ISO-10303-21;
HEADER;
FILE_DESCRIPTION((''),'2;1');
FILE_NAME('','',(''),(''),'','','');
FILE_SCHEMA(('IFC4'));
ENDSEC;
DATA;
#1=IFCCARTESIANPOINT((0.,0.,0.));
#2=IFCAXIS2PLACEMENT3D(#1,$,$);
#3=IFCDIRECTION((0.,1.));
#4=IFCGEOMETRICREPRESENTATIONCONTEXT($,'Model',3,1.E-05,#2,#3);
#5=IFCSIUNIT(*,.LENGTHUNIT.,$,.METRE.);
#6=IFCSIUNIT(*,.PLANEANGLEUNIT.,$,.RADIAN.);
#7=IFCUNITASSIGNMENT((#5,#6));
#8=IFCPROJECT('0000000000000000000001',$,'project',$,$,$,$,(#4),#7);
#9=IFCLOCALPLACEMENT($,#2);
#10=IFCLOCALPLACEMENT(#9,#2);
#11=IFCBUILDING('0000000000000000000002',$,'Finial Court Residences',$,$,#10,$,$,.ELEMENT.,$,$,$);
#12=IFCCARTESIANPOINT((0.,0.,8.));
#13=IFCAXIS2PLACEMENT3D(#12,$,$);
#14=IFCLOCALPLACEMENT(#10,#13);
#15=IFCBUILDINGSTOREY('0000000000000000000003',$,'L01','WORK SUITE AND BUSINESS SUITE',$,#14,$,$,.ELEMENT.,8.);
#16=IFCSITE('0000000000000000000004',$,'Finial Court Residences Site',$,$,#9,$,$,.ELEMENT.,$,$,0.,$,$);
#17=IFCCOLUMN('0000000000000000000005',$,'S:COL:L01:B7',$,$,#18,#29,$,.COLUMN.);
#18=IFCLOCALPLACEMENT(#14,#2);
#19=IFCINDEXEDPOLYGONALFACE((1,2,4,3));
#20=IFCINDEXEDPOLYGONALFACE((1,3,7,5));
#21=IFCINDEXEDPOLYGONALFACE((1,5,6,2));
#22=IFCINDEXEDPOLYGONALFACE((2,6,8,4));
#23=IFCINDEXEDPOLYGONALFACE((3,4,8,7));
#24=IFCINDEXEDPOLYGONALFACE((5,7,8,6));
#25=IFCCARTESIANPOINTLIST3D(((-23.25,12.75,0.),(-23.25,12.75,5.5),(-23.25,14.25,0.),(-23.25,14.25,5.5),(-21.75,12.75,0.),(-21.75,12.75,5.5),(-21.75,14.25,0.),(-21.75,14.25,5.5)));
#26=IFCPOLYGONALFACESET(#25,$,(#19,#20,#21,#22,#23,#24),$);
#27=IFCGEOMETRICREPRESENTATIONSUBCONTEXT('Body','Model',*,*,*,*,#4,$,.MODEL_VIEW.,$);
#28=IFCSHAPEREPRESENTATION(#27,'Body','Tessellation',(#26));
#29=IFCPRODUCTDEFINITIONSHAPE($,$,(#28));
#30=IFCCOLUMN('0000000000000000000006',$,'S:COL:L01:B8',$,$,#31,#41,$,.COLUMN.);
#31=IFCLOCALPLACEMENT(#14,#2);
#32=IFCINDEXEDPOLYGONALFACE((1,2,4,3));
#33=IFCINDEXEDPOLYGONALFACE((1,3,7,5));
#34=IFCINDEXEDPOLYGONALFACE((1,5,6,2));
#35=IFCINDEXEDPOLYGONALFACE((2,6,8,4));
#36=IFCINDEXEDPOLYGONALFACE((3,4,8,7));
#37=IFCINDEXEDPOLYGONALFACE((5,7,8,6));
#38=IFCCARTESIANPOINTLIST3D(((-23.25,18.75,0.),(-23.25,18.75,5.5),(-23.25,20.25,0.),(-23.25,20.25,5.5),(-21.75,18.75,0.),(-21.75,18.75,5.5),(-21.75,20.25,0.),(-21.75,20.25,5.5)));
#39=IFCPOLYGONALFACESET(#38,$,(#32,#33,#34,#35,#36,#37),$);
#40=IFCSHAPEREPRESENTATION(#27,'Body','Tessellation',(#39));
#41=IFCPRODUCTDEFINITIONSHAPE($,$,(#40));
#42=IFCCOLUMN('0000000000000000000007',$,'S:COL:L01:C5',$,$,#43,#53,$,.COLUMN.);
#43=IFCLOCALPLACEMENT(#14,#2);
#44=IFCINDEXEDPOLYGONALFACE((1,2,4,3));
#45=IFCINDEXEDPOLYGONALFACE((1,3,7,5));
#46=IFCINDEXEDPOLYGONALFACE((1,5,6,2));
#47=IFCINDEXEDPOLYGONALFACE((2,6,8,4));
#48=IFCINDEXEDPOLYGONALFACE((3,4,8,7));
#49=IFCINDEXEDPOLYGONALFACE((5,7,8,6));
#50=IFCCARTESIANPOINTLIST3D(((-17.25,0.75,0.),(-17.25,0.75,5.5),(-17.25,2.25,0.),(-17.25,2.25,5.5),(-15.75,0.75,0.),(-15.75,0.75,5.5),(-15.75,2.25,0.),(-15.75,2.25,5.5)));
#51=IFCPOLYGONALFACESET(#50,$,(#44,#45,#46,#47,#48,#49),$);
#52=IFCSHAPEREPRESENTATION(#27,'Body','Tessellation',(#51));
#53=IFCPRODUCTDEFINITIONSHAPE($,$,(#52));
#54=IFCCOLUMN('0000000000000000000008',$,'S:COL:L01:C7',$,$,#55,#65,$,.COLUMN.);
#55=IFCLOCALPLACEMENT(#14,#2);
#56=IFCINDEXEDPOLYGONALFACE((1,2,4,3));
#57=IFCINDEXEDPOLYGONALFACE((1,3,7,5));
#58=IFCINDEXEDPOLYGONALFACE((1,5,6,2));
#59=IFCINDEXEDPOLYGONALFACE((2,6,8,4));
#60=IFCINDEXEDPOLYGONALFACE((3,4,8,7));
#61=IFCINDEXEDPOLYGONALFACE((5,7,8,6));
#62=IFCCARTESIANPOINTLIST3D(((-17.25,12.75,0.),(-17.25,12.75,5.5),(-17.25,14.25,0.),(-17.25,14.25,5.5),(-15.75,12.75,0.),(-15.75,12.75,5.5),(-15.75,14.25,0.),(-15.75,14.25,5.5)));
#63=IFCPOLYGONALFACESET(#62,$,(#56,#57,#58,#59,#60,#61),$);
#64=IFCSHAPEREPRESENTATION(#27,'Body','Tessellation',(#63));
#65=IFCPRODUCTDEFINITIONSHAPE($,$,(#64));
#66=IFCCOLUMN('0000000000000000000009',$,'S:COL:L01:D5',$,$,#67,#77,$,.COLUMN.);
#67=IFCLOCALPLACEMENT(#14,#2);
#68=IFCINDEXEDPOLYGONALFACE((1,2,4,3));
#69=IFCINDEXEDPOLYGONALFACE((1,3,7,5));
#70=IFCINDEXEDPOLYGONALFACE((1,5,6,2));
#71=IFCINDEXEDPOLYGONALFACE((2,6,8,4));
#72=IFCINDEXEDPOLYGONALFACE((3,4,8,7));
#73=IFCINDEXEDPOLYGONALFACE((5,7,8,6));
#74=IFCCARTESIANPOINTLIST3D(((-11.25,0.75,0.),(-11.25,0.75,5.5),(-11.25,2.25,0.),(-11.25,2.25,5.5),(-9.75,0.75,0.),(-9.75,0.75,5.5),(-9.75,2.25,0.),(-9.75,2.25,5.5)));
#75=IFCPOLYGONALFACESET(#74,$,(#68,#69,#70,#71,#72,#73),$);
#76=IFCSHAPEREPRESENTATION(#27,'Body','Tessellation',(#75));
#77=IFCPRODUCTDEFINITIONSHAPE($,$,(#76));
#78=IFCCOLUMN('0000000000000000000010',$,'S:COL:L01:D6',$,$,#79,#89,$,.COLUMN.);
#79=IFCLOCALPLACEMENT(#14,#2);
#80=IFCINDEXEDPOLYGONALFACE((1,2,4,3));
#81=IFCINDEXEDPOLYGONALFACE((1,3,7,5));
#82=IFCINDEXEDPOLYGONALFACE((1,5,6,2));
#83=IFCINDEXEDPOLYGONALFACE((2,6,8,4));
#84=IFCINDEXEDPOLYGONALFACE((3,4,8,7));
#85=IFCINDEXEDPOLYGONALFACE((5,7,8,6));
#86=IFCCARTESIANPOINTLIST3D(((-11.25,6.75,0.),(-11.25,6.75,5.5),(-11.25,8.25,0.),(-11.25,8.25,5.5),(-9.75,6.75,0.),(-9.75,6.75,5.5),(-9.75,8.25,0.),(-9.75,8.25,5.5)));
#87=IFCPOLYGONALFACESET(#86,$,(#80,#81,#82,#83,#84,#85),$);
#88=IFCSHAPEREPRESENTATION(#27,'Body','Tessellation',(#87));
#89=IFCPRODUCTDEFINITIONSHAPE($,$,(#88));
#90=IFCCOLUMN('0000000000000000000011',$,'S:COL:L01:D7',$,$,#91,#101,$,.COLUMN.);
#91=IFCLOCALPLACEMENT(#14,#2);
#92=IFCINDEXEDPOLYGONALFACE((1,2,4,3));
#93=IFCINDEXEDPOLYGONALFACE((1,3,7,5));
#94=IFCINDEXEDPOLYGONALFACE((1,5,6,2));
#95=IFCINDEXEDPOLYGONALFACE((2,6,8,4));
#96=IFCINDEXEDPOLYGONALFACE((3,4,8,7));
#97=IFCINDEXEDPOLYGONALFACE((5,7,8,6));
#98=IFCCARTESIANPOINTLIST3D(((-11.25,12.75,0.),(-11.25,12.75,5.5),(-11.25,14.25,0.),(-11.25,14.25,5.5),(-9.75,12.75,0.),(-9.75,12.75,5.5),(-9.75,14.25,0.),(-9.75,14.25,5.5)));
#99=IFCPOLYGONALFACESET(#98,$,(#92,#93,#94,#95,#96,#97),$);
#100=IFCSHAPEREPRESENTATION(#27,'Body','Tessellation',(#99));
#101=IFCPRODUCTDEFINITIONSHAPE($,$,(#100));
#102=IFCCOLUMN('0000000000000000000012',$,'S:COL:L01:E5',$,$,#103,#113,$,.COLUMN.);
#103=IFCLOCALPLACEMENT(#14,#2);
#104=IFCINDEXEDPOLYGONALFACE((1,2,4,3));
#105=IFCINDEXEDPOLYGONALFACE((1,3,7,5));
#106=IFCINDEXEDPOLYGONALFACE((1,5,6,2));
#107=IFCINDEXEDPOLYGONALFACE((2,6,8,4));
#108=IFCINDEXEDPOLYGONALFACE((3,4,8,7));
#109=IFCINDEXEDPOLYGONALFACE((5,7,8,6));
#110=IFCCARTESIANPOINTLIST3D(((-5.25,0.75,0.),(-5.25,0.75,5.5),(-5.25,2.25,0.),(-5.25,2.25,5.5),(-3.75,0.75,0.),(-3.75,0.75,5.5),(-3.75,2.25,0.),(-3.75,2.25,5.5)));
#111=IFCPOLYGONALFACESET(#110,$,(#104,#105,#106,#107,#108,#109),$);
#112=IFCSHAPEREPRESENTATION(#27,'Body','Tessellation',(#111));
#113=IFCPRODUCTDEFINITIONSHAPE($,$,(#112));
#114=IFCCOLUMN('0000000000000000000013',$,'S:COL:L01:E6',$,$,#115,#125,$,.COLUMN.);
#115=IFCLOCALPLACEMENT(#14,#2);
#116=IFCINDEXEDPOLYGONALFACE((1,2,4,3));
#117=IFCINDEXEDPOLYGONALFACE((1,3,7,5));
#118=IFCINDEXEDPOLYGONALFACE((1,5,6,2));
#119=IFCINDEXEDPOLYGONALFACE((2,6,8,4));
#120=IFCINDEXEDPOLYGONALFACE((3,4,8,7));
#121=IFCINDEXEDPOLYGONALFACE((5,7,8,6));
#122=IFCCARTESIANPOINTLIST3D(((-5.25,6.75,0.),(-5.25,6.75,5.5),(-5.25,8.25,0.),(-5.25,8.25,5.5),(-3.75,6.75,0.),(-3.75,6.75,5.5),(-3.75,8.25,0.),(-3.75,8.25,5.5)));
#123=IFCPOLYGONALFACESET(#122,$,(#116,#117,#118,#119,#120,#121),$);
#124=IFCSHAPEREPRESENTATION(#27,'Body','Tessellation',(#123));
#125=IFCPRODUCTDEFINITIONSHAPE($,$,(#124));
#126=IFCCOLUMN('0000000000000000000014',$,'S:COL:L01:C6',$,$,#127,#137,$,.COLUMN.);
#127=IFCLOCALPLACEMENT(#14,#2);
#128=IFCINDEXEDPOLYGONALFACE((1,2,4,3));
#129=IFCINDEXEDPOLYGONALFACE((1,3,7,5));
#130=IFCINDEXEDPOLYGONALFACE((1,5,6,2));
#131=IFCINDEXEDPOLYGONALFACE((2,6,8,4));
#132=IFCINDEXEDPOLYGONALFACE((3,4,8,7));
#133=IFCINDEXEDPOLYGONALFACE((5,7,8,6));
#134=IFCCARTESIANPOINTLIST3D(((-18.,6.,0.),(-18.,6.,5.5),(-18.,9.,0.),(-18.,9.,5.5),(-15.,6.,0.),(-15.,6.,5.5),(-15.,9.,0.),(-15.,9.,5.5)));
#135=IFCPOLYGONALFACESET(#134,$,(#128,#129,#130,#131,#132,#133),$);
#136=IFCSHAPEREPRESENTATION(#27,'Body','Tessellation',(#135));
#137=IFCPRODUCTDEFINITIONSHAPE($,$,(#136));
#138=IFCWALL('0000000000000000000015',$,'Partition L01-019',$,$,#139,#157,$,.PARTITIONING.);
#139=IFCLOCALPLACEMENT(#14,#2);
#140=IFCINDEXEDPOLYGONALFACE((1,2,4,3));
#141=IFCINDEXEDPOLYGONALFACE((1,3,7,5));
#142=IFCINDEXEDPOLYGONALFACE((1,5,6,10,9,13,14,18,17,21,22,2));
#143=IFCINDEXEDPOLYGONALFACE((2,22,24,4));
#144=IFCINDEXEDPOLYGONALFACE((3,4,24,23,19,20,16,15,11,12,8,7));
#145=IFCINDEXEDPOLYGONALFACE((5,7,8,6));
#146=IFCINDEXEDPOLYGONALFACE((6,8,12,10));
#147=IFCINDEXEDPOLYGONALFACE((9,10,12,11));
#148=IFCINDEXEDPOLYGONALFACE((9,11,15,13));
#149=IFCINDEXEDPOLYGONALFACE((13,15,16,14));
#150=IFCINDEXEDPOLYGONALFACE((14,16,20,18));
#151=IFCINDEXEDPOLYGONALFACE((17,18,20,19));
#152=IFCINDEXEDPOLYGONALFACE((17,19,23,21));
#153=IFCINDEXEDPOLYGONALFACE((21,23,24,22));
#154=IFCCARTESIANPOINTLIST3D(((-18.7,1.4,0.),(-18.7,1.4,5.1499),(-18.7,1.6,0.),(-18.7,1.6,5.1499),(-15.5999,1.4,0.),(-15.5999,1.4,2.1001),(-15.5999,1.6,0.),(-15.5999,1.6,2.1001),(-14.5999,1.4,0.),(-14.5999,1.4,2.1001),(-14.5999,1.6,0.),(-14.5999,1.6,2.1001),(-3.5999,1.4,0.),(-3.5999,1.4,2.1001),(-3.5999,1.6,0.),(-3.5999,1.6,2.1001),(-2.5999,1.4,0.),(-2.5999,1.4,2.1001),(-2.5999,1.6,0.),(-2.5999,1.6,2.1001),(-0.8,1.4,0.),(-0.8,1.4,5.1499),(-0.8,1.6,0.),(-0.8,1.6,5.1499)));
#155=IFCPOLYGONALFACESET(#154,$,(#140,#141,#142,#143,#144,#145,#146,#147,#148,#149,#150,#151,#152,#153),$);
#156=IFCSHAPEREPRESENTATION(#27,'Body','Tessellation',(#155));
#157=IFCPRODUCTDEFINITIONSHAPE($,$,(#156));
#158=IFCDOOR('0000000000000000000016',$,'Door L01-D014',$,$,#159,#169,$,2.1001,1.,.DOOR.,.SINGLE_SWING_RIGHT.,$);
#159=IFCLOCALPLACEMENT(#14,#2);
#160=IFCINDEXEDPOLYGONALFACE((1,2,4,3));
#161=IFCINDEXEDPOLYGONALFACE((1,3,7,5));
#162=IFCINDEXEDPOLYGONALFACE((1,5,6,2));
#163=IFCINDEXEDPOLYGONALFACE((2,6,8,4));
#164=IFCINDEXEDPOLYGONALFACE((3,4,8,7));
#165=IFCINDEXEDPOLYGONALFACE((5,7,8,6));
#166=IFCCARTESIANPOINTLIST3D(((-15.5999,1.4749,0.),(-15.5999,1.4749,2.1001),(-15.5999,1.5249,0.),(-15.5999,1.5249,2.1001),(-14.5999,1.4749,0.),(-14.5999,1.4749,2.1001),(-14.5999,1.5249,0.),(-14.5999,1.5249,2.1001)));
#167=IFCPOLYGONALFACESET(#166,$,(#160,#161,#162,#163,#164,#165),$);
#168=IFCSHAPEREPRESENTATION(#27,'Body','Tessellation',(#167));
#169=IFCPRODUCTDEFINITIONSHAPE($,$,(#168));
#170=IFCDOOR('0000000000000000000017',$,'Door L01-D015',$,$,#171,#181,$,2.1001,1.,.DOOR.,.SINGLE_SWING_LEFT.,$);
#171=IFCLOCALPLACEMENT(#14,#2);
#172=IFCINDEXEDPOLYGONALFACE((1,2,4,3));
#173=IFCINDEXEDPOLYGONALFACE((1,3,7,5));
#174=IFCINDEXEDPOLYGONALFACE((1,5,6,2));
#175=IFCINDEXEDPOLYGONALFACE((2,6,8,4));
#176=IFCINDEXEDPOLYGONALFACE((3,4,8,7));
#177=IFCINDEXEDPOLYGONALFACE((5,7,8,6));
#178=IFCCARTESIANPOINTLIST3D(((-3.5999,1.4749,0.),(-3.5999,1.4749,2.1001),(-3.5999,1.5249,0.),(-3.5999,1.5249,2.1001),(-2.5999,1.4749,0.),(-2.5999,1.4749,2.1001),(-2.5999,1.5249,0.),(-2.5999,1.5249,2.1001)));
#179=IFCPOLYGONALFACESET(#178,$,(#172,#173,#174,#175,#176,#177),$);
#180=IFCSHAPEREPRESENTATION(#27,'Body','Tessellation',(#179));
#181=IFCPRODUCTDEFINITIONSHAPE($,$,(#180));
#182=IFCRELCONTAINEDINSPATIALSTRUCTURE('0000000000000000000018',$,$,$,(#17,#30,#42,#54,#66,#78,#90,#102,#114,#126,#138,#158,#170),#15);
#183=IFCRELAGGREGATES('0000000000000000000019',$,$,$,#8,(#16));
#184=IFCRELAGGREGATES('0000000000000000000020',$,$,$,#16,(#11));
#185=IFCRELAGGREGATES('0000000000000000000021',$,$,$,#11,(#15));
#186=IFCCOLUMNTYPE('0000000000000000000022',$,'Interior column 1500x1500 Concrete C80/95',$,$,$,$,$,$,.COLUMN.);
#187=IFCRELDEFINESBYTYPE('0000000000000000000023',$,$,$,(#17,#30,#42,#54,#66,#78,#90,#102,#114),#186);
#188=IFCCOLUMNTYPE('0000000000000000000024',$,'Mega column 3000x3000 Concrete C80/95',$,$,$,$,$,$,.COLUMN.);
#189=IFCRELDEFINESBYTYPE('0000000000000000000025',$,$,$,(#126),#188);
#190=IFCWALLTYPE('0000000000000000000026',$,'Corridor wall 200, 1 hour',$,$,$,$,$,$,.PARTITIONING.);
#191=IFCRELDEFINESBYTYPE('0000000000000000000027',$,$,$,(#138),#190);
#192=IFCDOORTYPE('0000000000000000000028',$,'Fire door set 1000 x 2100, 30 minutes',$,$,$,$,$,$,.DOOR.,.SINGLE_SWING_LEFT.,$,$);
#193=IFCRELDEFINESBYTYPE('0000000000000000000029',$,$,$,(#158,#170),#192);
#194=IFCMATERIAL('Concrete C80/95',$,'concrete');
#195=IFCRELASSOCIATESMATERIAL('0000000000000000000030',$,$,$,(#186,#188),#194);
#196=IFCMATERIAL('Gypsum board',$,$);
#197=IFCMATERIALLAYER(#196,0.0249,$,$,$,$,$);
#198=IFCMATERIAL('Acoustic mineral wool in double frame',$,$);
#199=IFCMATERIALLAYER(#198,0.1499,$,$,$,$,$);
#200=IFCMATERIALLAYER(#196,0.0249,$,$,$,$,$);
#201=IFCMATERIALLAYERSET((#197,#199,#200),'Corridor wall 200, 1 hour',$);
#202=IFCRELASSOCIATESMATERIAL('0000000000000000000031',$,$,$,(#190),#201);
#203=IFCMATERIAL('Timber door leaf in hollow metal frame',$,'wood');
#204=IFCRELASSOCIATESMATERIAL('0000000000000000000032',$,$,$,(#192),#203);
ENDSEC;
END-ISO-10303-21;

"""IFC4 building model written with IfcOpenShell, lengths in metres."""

from ifc_helpers import new_model, si_unit, direction, frame, frame_2d, origin, origin_2d, place, context, subcontext, project, spatial, rectangle, extrude, material, layer, layer_set, material_profile, profile_set, type_object, element, fill, save


model = new_model("IFC4")

# Units and contexts
model_context = context("Model", 3, precision=1e-05, world=origin(), true_north=direction((0.0, 1.0)))
body_context = subcontext(model_context, "Body", "Model", "MODEL_VIEW")
ifc_project = project(units=[si_unit("LENGTHUNIT", "METRE"), si_unit("PLANEANGLEUNIT", "RADIAN")], contexts=[model_context])

# Site, building, storey
site_placement = place(None, origin())
site = spatial("IfcSite", under=ifc_project, at=site_placement, Name="Finial Court Residences Site", CompositionType="ELEMENT", RefElevation=0.0)
building_placement = place(site_placement, origin())
building = spatial("IfcBuilding", under=site, at=building_placement, Name="Finial Court Residences", CompositionType="ELEMENT")
storey_placement = place(building_placement, frame((0.0, 0.0, 8.0)))
storey = spatial("IfcBuildingStorey", under=building, at=storey_placement, Name="L01", Description="WORK SUITE AND BUSINESS SUITE", CompositionType="ELEMENT", Elevation=8.0)

# Columns
ifc_material_1 = material(Name="Concrete C80/95", Category="concrete")
ifc_material_profile_1 = material_profile(ifc_material_1, rectangle(XDim=1.5, YDim=1.5, at=origin_2d()), Name="1500x1500")
ifc_profile_set_1 = profile_set([ifc_material_profile_1], Name="Concrete C80/95")
column_type_1 = type_object("IfcColumnType", Name="Interior column 1500x1500 Concrete C80/95", PredefinedType="COLUMN", material=ifc_profile_set_1)
for number, where, z_axis, x_axis, name in (
    (1, (-22.5, 13.5, 0.0), (0.0, 0.0, 1.0), (1.0, 0.0, 0.0), "S:COL:L01:B7"),
    (2, (-22.5, 19.5, 0.0), (0.0, 0.0, 1.0), (1.0, 0.0, 0.0), "S:COL:L01:B8"),
    (3, (-16.5, 1.5, 0.0), (0.0, 0.0, 1.0), (1.0, 0.0, 0.0), "S:COL:L01:C5"),
    (4, (-16.5, 13.5, 0.0), (0.0, 0.0, 1.0), (1.0, 0.0, 0.0), "S:COL:L01:C7"),
    (5, (-10.5, 1.5, 0.0), (0.0, 0.0, 1.0), (1.0, 0.0, 0.0), "S:COL:L01:D5"),
    (6, (-10.5, 7.5, 0.0), (0.0, 0.0, 1.0), (1.0, 0.0, 0.0), "S:COL:L01:D6"),
    (7, (-10.5, 13.5, 0.0), (0.0, 0.0, 1.0), (1.0, 0.0, 0.0), "S:COL:L01:D7"),
    (8, (-4.5, 1.5, 0.0), (0.0, 0.0, 1.0), (1.0, 0.0, 0.0), "S:COL:L01:E5"),
    (9, (-4.5, 7.5, 0.0), (0.0, 0.0, 1.0), (1.0, 0.0, 0.0), "S:COL:L01:E6"),
):
    element("IfcColumn", number, at=place(storey_placement, frame(where, z_axis=z_axis, x_axis=x_axis)), inside=storey, type_object=column_type_1, Name=name, PredefinedType="COLUMN", context=body_context, shape_type="SweptSolid", body=[
        extrude(rectangle(XDim=1.5, YDim=1.5, at=origin_2d()), origin(), (0.0, 0.0, 1.0), 5.5),
    ])
ifc_material_profile_2 = material_profile(ifc_material_1, rectangle(XDim=3.0, YDim=3.0, at=origin_2d()), Name="3000x3000")
ifc_profile_set_2 = profile_set([ifc_material_profile_2], Name="Concrete C80/95")
column_type_2 = type_object("IfcColumnType", Name="Mega column 3000x3000 Concrete C80/95", PredefinedType="COLUMN", material=ifc_profile_set_2)
column_placement = place(storey_placement, frame((-16.5, 7.5, 0.0), z_axis=(0.0, 0.0, 1.0), x_axis=(1.0, 0.0, 0.0)))
element("IfcColumn", 10, at=column_placement, inside=storey, type_object=column_type_2, Name="S:COL:L01:C6", PredefinedType="COLUMN", context=body_context, shape_type="SweptSolid", body=[
    extrude(rectangle(XDim=3.0, YDim=3.0, at=origin_2d()), origin(), (0.0, 0.0, 1.0), 5.5),
])

# Wall, openings, doors
ifc_material_2 = material(Name="Gypsum board")
ifc_layer_1 = layer(ifc_material_2, 0.0249)
ifc_material_3 = material(Name="Acoustic mineral wool in double frame")
ifc_layer_2 = layer(ifc_material_3, 0.1499)
ifc_layer_3 = layer(ifc_material_2, 0.0249)
ifc_layer_set_1 = layer_set([ifc_layer_1, ifc_layer_2, ifc_layer_3], Name="Corridor wall 200, 1 hour")
wall_type_1 = type_object("IfcWallType", Name="Corridor wall 200, 1 hour", PredefinedType="PARTITIONING", material=ifc_layer_set_1)
wall_1_placement = place(storey_placement, frame((-18.7, 1.5, 0.0), z_axis=(0.0, 0.0, 1.0), x_axis=(1.0, 0.0, 0.0)))
wall_1 = element("IfcWall", 11, at=wall_1_placement, inside=storey, type_object=wall_type_1, Name="Partition L01-019", PredefinedType="PARTITIONING", context=body_context, shape_type="SweptSolid", body=[
    extrude(rectangle(XDim=17.8999, YDim=0.2, at=frame_2d((8.95, 0.0))), origin(), (0.0, 0.0, 1.0), 5.1499),
])
opening_1_placement = place(wall_1_placement, frame((3.1001, 0.0, 0.0)))
opening_1 = element("IfcOpeningElement", 12, at=opening_1_placement, cuts=wall_1, PredefinedType="OPENING", context=body_context, shape_type="SweptSolid", body=[
    extrude(rectangle(XDim=1.0, YDim=2.1001, at=frame_2d((0.5, 1.05))), frame((0.0, 0.1099, 0.0), z_axis=(0.0, -1.0, 0.0), x_axis=(1.0, 0.0, 0.0)), (0.0, 0.0, 1.0), 0.22),
])
opening_2_placement = place(wall_1_placement, frame((15.1001, 0.0, 0.0)))
opening_2 = element("IfcOpeningElement", 13, at=opening_2_placement, cuts=wall_1, PredefinedType="OPENING", context=body_context, shape_type="SweptSolid", body=[
    extrude(rectangle(XDim=1.0, YDim=2.1001, at=frame_2d((0.5, 1.05))), frame((0.0, 0.1099, 0.0), z_axis=(0.0, -1.0, 0.0), x_axis=(1.0, 0.0, 0.0)), (0.0, 0.0, 1.0), 0.22),
])
ifc_material_4 = material(Name="Timber door leaf in hollow metal frame", Category="wood")
door_type = type_object("IfcDoorType", Name="Fire door set 1000 x 2100, 30 minutes", OperationType="SINGLE_SWING_LEFT", PredefinedType="DOOR", material=ifc_material_4)
door_1_placement = place(opening_1_placement, origin())
door_1 = element("IfcDoor", 14, at=door_1_placement, inside=storey, type_object=door_type, Name="Door L01-D014", OperationType="SINGLE_SWING_RIGHT", OverallHeight=2.1001, OverallWidth=1.0, PredefinedType="DOOR", context=body_context, shape_type="SweptSolid", body=[
    extrude(rectangle(XDim=1.0, YDim=2.1001, at=frame_2d((0.5, 1.05))), frame((0.0, 0.0249, 0.0), z_axis=(0.0, -1.0, 0.0), x_axis=(1.0, 0.0, 0.0)), (0.0, 0.0, 1.0), 0.05),
])
fill(opening_1, door_1)
door_2_placement = place(opening_2_placement, origin())
door_2 = element("IfcDoor", 15, at=door_2_placement, inside=storey, type_object=door_type, Name="Door L01-D015", OperationType="SINGLE_SWING_LEFT", OverallHeight=2.1001, OverallWidth=1.0, PredefinedType="DOOR", context=body_context, shape_type="SweptSolid", body=[
    extrude(rectangle(XDim=1.0, YDim=2.1001, at=frame_2d((0.5, 1.05))), frame((0.0, 0.0249, 0.0), z_axis=(0.0, -1.0, 0.0), x_axis=(1.0, 0.0, 0.0)), (0.0, 0.0, 1.0), 0.05),
])
fill(opening_2, door_2)

save(model, "model.ifc")
